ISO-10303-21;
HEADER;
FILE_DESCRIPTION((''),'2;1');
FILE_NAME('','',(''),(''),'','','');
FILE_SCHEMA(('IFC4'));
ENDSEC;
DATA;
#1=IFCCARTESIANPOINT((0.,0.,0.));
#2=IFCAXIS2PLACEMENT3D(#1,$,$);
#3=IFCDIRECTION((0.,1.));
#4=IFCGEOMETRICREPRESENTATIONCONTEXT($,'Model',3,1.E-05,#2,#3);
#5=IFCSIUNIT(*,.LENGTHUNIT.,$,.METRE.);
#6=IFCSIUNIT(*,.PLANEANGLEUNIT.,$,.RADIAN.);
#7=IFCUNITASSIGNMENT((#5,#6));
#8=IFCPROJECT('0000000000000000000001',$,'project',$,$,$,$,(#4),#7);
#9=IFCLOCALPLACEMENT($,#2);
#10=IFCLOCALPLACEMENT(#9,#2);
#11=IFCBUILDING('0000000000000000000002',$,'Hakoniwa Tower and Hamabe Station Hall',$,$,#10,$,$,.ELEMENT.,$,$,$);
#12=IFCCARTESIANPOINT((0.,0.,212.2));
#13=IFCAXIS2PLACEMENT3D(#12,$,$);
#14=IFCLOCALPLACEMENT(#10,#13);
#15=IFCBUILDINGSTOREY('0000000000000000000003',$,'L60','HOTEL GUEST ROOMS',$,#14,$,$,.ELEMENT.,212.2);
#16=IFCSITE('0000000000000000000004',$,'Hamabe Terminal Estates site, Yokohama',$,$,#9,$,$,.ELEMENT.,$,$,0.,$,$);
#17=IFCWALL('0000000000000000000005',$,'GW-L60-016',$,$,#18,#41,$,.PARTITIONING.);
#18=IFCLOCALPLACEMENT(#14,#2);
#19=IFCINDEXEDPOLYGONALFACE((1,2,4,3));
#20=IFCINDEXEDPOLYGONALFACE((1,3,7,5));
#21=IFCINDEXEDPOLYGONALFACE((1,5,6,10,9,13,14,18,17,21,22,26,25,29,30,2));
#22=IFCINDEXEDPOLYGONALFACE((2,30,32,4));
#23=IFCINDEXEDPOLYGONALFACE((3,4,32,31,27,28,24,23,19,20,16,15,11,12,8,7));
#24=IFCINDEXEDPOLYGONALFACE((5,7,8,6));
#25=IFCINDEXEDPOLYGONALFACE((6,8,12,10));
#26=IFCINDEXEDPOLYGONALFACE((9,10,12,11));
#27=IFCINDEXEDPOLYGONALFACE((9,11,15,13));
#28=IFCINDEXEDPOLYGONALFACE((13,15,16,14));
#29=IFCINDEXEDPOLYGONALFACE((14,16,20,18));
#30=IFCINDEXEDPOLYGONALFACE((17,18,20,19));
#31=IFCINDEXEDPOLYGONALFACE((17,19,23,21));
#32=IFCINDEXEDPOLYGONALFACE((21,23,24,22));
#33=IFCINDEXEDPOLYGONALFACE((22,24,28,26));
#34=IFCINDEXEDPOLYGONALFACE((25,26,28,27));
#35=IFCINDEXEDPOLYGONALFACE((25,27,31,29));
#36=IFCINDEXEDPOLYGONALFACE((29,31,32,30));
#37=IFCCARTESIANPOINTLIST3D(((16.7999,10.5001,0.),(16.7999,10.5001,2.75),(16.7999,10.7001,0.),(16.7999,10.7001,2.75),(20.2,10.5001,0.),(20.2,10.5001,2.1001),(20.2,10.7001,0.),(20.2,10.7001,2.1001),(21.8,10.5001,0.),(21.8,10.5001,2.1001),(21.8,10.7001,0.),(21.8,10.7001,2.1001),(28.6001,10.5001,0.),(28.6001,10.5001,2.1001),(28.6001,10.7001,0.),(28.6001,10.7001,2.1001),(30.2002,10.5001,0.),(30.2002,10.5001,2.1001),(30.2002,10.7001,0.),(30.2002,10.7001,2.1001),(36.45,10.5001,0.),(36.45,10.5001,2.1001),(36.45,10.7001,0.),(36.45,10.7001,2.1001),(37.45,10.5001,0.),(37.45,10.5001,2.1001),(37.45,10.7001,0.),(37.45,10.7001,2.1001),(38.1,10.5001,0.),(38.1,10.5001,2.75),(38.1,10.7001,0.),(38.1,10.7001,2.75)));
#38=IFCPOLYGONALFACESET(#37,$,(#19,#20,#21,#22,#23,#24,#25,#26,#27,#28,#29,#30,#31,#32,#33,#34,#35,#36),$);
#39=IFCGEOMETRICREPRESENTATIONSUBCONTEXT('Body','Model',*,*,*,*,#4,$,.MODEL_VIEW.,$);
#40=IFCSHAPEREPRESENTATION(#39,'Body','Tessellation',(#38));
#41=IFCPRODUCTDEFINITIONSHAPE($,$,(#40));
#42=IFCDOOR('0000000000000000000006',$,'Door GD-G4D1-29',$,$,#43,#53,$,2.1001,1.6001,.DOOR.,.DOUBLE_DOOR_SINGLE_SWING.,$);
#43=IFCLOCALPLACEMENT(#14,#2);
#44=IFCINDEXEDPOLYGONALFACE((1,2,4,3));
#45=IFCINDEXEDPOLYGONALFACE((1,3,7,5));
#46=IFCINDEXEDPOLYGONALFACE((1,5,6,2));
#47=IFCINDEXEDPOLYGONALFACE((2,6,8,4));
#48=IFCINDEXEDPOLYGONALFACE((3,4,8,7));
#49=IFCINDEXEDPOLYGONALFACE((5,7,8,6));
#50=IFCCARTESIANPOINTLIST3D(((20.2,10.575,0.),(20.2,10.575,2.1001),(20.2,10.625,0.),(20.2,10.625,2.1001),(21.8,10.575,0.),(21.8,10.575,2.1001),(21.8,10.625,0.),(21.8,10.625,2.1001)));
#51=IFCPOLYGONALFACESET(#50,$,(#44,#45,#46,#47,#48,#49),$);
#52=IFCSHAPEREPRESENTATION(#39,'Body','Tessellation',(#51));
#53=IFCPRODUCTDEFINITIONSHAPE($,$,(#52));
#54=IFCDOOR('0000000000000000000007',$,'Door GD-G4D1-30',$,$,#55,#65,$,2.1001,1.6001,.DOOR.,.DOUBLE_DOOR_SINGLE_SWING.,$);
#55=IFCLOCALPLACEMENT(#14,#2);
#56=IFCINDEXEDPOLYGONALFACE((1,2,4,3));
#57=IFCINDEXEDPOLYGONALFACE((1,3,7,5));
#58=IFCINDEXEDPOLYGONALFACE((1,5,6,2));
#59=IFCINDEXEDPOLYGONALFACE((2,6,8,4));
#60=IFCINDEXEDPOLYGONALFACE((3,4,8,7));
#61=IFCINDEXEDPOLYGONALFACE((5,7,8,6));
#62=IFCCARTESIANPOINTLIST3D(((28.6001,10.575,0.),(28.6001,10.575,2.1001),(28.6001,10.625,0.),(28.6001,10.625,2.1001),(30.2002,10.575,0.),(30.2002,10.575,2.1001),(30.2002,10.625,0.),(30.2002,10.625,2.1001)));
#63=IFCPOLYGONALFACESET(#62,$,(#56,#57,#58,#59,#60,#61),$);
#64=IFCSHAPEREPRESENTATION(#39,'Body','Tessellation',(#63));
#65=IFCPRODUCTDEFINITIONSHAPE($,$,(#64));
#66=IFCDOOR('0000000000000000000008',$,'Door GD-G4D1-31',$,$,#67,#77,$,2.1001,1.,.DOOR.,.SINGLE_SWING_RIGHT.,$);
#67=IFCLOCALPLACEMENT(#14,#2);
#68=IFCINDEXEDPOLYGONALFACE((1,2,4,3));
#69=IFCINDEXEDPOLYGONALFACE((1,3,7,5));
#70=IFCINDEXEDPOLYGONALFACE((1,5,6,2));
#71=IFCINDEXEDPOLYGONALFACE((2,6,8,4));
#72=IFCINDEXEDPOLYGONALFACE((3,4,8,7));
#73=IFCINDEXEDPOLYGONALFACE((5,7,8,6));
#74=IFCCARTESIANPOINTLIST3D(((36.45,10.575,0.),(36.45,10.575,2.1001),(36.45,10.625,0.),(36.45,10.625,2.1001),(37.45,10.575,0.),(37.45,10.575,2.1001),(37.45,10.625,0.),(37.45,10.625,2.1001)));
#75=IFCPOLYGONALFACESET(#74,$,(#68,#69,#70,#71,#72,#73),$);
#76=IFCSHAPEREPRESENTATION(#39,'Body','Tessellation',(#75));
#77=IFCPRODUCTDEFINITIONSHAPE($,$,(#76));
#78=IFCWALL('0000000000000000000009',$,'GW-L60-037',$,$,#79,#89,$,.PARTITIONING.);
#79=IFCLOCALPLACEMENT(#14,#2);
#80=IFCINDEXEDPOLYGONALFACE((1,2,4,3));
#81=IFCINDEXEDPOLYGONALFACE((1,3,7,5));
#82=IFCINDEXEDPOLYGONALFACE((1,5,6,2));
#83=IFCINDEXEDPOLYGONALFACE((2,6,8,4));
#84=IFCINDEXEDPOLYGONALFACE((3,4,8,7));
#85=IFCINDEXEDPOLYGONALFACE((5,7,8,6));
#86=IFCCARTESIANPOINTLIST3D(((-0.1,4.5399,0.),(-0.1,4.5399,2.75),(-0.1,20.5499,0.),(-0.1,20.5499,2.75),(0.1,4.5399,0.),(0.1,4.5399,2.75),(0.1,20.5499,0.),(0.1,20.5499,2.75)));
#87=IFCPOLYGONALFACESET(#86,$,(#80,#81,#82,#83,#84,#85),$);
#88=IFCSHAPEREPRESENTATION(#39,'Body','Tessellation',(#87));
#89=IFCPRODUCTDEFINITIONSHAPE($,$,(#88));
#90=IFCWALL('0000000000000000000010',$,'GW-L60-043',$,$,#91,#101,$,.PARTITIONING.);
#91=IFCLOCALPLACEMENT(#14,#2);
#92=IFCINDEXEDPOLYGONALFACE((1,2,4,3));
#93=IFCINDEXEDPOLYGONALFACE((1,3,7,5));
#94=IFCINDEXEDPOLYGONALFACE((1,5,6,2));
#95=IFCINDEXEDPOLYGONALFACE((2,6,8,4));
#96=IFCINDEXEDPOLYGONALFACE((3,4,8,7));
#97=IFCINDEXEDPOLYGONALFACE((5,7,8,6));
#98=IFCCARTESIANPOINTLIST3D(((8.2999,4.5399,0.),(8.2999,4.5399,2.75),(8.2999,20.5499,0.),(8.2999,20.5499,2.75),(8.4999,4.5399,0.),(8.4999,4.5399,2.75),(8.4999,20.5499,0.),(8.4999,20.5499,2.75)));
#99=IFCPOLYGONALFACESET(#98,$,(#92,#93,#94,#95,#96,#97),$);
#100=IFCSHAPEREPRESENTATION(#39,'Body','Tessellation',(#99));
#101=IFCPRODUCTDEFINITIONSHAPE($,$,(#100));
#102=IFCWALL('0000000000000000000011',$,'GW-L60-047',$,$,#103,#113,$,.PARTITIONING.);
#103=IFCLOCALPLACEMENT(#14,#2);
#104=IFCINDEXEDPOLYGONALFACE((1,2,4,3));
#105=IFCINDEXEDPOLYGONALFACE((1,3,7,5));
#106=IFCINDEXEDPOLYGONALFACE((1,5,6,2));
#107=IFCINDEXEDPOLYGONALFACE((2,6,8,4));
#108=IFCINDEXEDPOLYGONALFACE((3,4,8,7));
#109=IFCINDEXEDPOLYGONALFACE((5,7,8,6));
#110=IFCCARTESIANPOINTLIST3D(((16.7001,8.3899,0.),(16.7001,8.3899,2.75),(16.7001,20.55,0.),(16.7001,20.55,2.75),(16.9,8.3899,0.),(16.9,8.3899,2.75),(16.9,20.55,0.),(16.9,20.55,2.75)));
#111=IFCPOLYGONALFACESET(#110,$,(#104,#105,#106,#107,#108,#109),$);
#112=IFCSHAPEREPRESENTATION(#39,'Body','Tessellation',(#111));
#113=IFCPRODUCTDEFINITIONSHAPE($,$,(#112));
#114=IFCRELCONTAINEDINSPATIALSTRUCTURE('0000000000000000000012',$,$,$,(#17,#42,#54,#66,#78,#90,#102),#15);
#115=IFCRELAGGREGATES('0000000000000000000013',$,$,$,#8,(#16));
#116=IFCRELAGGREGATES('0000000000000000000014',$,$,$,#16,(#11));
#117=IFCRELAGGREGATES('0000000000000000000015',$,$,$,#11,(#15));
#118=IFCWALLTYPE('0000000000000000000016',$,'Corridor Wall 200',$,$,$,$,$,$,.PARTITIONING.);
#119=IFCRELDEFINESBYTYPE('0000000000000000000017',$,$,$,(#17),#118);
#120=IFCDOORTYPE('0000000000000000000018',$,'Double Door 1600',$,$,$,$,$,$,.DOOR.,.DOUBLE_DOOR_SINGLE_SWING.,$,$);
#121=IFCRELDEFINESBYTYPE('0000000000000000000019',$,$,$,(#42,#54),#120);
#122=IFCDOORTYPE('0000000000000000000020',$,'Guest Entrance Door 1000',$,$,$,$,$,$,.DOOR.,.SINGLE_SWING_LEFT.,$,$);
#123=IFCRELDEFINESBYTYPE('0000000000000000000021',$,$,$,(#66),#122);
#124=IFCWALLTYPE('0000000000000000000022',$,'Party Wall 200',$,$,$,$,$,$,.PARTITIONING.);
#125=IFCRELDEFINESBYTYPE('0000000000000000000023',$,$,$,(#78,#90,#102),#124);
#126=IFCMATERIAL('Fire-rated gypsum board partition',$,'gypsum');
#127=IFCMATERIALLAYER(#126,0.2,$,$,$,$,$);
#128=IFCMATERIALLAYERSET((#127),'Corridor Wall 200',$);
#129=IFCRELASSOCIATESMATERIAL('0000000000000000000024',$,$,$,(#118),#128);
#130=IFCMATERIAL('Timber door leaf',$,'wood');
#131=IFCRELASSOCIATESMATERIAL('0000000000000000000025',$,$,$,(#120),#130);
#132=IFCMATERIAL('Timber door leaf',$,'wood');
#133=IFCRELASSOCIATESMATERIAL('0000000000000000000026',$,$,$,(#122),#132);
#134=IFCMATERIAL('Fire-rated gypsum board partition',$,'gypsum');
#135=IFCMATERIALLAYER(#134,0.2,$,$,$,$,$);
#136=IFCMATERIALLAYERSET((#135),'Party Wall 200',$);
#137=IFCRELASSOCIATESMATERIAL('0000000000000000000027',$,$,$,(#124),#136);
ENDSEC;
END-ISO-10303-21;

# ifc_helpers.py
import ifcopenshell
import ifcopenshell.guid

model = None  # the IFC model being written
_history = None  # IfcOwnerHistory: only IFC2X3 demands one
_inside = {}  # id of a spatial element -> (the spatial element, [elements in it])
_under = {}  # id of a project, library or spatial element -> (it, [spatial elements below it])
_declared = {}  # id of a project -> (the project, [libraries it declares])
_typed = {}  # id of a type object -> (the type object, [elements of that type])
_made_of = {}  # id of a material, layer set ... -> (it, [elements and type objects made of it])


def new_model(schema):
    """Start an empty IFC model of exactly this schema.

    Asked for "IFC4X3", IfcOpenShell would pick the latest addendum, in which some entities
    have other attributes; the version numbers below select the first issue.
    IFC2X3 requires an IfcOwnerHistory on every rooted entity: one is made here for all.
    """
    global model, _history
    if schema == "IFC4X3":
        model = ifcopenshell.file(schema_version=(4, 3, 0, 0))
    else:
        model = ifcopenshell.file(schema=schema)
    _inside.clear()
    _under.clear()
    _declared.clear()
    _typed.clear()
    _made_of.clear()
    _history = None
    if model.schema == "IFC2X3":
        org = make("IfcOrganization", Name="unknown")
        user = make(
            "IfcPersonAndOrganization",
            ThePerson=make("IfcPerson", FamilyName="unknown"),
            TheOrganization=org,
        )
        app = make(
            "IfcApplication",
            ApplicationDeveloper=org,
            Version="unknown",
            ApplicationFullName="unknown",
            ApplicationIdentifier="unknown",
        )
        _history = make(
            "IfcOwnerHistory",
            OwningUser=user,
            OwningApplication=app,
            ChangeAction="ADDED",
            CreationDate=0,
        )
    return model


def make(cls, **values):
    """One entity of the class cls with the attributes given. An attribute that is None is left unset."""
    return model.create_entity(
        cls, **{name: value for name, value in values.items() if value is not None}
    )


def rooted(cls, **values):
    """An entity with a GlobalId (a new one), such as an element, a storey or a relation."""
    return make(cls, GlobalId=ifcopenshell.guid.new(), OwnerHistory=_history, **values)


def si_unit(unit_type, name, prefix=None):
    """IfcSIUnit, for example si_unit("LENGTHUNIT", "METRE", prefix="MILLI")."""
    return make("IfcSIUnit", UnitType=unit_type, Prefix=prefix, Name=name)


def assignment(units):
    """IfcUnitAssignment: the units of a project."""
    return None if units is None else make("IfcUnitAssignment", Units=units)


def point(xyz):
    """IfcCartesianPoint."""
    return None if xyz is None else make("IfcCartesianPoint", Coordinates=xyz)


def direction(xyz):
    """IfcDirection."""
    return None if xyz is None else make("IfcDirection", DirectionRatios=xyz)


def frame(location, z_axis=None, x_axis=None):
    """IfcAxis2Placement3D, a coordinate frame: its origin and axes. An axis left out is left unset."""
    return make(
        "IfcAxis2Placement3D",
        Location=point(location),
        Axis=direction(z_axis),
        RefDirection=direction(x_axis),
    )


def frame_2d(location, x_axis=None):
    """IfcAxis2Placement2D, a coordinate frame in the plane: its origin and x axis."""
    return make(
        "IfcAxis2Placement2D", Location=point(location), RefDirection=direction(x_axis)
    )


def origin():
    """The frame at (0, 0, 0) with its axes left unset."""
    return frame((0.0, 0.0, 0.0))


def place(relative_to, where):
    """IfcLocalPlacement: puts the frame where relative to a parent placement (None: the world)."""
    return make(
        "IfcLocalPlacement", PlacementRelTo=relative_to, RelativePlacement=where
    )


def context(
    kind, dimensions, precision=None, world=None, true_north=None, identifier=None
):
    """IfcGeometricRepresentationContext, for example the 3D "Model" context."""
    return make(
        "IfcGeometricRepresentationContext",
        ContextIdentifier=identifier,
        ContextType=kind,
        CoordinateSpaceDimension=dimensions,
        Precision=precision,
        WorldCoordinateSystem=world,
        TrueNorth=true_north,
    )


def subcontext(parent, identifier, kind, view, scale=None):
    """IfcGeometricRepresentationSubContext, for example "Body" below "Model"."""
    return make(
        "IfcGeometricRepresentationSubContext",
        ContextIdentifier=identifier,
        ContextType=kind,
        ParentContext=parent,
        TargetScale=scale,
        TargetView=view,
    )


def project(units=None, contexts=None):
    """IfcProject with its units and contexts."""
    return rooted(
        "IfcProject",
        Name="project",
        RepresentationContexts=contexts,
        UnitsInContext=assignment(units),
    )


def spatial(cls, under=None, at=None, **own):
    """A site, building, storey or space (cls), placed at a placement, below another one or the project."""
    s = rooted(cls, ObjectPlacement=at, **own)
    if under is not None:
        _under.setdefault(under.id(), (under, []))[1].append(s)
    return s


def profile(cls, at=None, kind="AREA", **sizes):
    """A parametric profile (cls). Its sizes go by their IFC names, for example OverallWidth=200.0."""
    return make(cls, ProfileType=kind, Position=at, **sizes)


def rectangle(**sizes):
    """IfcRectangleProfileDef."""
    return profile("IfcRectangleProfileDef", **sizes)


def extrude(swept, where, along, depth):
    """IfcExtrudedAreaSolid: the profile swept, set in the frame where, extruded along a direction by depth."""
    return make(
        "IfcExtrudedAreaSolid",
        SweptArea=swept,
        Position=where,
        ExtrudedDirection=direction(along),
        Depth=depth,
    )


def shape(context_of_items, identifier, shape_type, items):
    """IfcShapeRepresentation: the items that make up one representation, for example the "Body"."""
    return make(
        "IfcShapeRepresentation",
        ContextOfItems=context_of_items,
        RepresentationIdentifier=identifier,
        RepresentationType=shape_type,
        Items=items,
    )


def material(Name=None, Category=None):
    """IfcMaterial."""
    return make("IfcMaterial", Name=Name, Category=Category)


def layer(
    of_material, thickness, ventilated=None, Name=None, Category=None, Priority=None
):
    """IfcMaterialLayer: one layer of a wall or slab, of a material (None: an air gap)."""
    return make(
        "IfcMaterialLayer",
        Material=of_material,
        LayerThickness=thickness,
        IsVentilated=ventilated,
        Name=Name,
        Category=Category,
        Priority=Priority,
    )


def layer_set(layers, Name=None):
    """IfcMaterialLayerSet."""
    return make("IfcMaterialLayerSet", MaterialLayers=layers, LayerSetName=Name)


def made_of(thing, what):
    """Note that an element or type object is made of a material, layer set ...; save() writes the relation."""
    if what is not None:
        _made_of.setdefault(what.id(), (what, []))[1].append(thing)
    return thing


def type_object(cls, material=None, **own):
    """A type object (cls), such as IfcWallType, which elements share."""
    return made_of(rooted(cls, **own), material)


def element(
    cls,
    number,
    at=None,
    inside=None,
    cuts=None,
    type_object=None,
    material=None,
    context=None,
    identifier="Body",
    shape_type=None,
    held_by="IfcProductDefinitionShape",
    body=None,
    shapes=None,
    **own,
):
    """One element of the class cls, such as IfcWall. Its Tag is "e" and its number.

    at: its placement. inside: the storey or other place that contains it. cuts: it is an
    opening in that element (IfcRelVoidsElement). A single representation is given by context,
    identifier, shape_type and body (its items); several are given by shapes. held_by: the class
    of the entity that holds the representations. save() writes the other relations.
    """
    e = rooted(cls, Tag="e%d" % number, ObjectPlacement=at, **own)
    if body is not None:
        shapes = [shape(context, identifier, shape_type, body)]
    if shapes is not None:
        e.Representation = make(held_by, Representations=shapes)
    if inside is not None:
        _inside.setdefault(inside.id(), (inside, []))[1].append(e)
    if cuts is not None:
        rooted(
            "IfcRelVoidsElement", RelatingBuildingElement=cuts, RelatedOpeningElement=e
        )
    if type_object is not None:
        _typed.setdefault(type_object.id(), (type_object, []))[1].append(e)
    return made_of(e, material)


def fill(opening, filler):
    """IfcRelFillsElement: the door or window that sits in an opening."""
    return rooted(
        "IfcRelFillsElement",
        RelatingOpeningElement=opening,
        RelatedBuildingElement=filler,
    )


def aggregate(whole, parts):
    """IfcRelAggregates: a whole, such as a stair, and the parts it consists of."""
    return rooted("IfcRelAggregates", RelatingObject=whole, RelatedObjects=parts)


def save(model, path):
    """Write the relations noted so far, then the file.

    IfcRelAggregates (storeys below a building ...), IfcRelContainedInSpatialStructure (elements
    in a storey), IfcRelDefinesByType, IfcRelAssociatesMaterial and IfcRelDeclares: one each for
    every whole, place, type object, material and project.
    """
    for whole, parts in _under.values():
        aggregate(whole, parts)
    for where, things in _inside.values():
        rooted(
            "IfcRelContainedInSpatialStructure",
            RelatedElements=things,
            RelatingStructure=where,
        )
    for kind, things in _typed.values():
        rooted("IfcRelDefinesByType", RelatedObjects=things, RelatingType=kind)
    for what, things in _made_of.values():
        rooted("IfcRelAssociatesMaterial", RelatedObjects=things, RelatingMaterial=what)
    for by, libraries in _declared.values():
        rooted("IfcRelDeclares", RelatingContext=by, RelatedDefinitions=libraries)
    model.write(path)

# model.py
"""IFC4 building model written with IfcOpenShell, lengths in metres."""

from ifc_helpers import new_model, si_unit, direction, frame, frame_2d, origin, place, context, subcontext, project, spatial, rectangle, extrude, material, layer, layer_set, type_object, element, fill, save


model = new_model("IFC4")

# Units and contexts
model_context = context("Model", 3, precision=1e-05, world=origin(), true_north=direction((0.0, 1.0)))
body_context = subcontext(model_context, "Body", "Model", "MODEL_VIEW")
ifc_project = project(units=[si_unit("LENGTHUNIT", "METRE"), si_unit("PLANEANGLEUNIT", "RADIAN")], contexts=[model_context])

# Site, building, storey
site_placement = place(None, origin())
site = spatial("IfcSite", under=ifc_project, at=site_placement, Name="Hamabe Terminal Estates site, Yokohama", CompositionType="ELEMENT", RefElevation=0.0)
building_placement = place(site_placement, origin())
building = spatial("IfcBuilding", under=site, at=building_placement, Name="Hakoniwa Tower and Hamabe Station Hall", CompositionType="ELEMENT")
storey_placement = place(building_placement, frame((0.0, 0.0, 212.2)))
storey = spatial("IfcBuildingStorey", under=building, at=storey_placement, Name="L60", Description="HOTEL GUEST ROOMS", CompositionType="ELEMENT", Elevation=212.2)

# Wall, openings, doors
ifc_material_1 = material(Name="Fire-rated gypsum board partition", Category="gypsum")
ifc_layer_1 = layer(ifc_material_1, 0.2)
ifc_layer_set_1 = layer_set([ifc_layer_1], Name="Corridor Wall 200")
wall_type_1 = type_object("IfcWallType", Name="Corridor Wall 200", PredefinedType="PARTITIONING", material=ifc_layer_set_1)
wall_1_placement = place(storey_placement, frame((16.8, 10.6001, 0.0), z_axis=(0.0, 0.0, 1.0), x_axis=(1.0, 0.0, 0.0)))
wall_1 = element("IfcWall", 1, at=wall_1_placement, inside=storey, type_object=wall_type_1, Name="GW-L60-016", PredefinedType="PARTITIONING", context=body_context, shape_type="SweptSolid", body=[
    extrude(rectangle(XDim=21.3, YDim=0.2, at=frame_2d((10.6499, 0.0))), origin(), (0.0, 0.0, 1.0), 2.75),
])
opening_1_placement = place(wall_1_placement, frame((3.3999, 0.0, 0.0)))
opening_1 = element("IfcOpeningElement", 2, at=opening_1_placement, cuts=wall_1, PredefinedType="OPENING", context=body_context, shape_type="SweptSolid", body=[
    extrude(rectangle(XDim=1.6001, YDim=2.1001, at=frame_2d((0.8, 1.05))), frame((0.0, 0.1099, 0.0), z_axis=(0.0, -1.0, 0.0), x_axis=(1.0, 0.0, 0.0)), (0.0, 0.0, 1.0), 0.22),
])
opening_2_placement = place(wall_1_placement, frame((11.8, 0.0, 0.0)))
opening_2 = element("IfcOpeningElement", 3, at=opening_2_placement, cuts=wall_1, PredefinedType="OPENING", context=body_context, shape_type="SweptSolid", body=[
    extrude(rectangle(XDim=1.6001, YDim=2.1001, at=frame_2d((0.8, 1.05))), frame((0.0, 0.1099, 0.0), z_axis=(0.0, -1.0, 0.0), x_axis=(1.0, 0.0, 0.0)), (0.0, 0.0, 1.0), 0.22),
])
opening_3_placement = place(wall_1_placement, frame((19.6499, 0.0, 0.0)))
opening_3 = element("IfcOpeningElement", 4, at=opening_3_placement, cuts=wall_1, PredefinedType="OPENING", context=body_context, shape_type="SweptSolid", body=[
    extrude(rectangle(XDim=1.0, YDim=2.1001, at=frame_2d((0.5, 1.05))), frame((0.0, 0.1099, 0.0), z_axis=(0.0, -1.0, 0.0), x_axis=(1.0, 0.0, 0.0)), (0.0, 0.0, 1.0), 0.22),
])
ifc_material_2 = material(Name="Timber door leaf", Category="wood")
door_type_1 = type_object("IfcDoorType", Name="Double Door 1600", OperationType="DOUBLE_DOOR_SINGLE_SWING", PredefinedType="DOOR", material=ifc_material_2)
door_1_placement = place(opening_1_placement, origin())
door_1 = element("IfcDoor", 5, at=door_1_placement, inside=storey, type_object=door_type_1, Name="Door GD-G4D1-29", OperationType="DOUBLE_DOOR_SINGLE_SWING", OverallHeight=2.1001, OverallWidth=1.6001, PredefinedType="DOOR", context=body_context, shape_type="SweptSolid", body=[
    extrude(rectangle(XDim=1.6001, YDim=2.1001, at=frame_2d((0.8, 1.05))), frame((0.0, 0.0249, 0.0), z_axis=(0.0, -1.0, 0.0), x_axis=(1.0, 0.0, 0.0)), (0.0, 0.0, 1.0), 0.05),
])
fill(opening_1, door_1)
door_2_placement = place(opening_2_placement, origin())
door_2 = element("IfcDoor", 6, at=door_2_placement, inside=storey, type_object=door_type_1, Name="Door GD-G4D1-30", OperationType="DOUBLE_DOOR_SINGLE_SWING", OverallHeight=2.1001, OverallWidth=1.6001, PredefinedType="DOOR", context=body_context, shape_type="SweptSolid", body=[
    extrude(rectangle(XDim=1.6001, YDim=2.1001, at=frame_2d((0.8, 1.05))), frame((0.0, 0.0249, 0.0), z_axis=(0.0, -1.0, 0.0), x_axis=(1.0, 0.0, 0.0)), (0.0, 0.0, 1.0), 0.05),
])
fill(opening_2, door_2)
ifc_material_3 = material(Name="Timber door leaf", Category="wood")
door_type_2 = type_object("IfcDoorType", Name="Guest Entrance Door 1000", OperationType="SINGLE_SWING_LEFT", PredefinedType="DOOR", material=ifc_material_3)
door_3_placement = place(opening_3_placement, origin())
door_3 = element("IfcDoor", 7, at=door_3_placement, inside=storey, type_object=door_type_2, Name="Door GD-G4D1-31", OperationType="SINGLE_SWING_RIGHT", OverallHeight=2.1001, OverallWidth=1.0, PredefinedType="DOOR", context=body_context, shape_type="SweptSolid", body=[
    extrude(rectangle(XDim=1.0, YDim=2.1001, at=frame_2d((0.5, 1.05))), frame((0.0, 0.0249, 0.0), z_axis=(0.0, -1.0, 0.0), x_axis=(1.0, 0.0, 0.0)), (0.0, 0.0, 1.0), 0.05),
])
fill(opening_3, door_3)

# Walls
ifc_material_4 = material(Name="Fire-rated gypsum board partition", Category="gypsum")
ifc_layer_2 = layer(ifc_material_4, 0.2)
ifc_layer_set_2 = layer_set([ifc_layer_2], Name="Party Wall 200")
wall_type_2 = type_object("IfcWallType", Name="Party Wall 200", PredefinedType="PARTITIONING", material=ifc_layer_set_2)
for number, where, z_axis, x_axis, name in (
    (8, (0.0, 4.54, 0.0), (0.0, 0.0, 1.0), (0.0, 1.0, 0.0), "GW-L60-037"),
    (9, (8.3999, 4.54, 0.0), (0.0, 0.0, 1.0), (0.0, 1.0, 0.0), "GW-L60-043"),
):
    element("IfcWall", number, at=place(storey_placement, frame(where, z_axis=z_axis, x_axis=x_axis)), inside=storey, type_object=wall_type_2, Name=name, PredefinedType="PARTITIONING", context=body_context, shape_type="SweptSolid", body=[
        extrude(rectangle(XDim=16.01, YDim=0.2, at=frame_2d((8.0049, 0.0))), origin(), (0.0, 0.0, 1.0), 2.75),
    ])
wall_2_placement = place(storey_placement, frame((16.8, 8.3899, 0.0), z_axis=(0.0, 0.0, 1.0), x_axis=(0.0, 1.0, 0.0)))
element("IfcWall", 10, at=wall_2_placement, inside=storey, type_object=wall_type_2, Name="GW-L60-047", PredefinedType="PARTITIONING", context=body_context, shape_type="SweptSolid", body=[
    extrude(rectangle(XDim=12.1602, YDim=0.2, at=frame_2d((6.0801, 0.0))), origin(), (0.0, 0.0, 1.0), 2.75),
])

save(model, "model.ifc")
